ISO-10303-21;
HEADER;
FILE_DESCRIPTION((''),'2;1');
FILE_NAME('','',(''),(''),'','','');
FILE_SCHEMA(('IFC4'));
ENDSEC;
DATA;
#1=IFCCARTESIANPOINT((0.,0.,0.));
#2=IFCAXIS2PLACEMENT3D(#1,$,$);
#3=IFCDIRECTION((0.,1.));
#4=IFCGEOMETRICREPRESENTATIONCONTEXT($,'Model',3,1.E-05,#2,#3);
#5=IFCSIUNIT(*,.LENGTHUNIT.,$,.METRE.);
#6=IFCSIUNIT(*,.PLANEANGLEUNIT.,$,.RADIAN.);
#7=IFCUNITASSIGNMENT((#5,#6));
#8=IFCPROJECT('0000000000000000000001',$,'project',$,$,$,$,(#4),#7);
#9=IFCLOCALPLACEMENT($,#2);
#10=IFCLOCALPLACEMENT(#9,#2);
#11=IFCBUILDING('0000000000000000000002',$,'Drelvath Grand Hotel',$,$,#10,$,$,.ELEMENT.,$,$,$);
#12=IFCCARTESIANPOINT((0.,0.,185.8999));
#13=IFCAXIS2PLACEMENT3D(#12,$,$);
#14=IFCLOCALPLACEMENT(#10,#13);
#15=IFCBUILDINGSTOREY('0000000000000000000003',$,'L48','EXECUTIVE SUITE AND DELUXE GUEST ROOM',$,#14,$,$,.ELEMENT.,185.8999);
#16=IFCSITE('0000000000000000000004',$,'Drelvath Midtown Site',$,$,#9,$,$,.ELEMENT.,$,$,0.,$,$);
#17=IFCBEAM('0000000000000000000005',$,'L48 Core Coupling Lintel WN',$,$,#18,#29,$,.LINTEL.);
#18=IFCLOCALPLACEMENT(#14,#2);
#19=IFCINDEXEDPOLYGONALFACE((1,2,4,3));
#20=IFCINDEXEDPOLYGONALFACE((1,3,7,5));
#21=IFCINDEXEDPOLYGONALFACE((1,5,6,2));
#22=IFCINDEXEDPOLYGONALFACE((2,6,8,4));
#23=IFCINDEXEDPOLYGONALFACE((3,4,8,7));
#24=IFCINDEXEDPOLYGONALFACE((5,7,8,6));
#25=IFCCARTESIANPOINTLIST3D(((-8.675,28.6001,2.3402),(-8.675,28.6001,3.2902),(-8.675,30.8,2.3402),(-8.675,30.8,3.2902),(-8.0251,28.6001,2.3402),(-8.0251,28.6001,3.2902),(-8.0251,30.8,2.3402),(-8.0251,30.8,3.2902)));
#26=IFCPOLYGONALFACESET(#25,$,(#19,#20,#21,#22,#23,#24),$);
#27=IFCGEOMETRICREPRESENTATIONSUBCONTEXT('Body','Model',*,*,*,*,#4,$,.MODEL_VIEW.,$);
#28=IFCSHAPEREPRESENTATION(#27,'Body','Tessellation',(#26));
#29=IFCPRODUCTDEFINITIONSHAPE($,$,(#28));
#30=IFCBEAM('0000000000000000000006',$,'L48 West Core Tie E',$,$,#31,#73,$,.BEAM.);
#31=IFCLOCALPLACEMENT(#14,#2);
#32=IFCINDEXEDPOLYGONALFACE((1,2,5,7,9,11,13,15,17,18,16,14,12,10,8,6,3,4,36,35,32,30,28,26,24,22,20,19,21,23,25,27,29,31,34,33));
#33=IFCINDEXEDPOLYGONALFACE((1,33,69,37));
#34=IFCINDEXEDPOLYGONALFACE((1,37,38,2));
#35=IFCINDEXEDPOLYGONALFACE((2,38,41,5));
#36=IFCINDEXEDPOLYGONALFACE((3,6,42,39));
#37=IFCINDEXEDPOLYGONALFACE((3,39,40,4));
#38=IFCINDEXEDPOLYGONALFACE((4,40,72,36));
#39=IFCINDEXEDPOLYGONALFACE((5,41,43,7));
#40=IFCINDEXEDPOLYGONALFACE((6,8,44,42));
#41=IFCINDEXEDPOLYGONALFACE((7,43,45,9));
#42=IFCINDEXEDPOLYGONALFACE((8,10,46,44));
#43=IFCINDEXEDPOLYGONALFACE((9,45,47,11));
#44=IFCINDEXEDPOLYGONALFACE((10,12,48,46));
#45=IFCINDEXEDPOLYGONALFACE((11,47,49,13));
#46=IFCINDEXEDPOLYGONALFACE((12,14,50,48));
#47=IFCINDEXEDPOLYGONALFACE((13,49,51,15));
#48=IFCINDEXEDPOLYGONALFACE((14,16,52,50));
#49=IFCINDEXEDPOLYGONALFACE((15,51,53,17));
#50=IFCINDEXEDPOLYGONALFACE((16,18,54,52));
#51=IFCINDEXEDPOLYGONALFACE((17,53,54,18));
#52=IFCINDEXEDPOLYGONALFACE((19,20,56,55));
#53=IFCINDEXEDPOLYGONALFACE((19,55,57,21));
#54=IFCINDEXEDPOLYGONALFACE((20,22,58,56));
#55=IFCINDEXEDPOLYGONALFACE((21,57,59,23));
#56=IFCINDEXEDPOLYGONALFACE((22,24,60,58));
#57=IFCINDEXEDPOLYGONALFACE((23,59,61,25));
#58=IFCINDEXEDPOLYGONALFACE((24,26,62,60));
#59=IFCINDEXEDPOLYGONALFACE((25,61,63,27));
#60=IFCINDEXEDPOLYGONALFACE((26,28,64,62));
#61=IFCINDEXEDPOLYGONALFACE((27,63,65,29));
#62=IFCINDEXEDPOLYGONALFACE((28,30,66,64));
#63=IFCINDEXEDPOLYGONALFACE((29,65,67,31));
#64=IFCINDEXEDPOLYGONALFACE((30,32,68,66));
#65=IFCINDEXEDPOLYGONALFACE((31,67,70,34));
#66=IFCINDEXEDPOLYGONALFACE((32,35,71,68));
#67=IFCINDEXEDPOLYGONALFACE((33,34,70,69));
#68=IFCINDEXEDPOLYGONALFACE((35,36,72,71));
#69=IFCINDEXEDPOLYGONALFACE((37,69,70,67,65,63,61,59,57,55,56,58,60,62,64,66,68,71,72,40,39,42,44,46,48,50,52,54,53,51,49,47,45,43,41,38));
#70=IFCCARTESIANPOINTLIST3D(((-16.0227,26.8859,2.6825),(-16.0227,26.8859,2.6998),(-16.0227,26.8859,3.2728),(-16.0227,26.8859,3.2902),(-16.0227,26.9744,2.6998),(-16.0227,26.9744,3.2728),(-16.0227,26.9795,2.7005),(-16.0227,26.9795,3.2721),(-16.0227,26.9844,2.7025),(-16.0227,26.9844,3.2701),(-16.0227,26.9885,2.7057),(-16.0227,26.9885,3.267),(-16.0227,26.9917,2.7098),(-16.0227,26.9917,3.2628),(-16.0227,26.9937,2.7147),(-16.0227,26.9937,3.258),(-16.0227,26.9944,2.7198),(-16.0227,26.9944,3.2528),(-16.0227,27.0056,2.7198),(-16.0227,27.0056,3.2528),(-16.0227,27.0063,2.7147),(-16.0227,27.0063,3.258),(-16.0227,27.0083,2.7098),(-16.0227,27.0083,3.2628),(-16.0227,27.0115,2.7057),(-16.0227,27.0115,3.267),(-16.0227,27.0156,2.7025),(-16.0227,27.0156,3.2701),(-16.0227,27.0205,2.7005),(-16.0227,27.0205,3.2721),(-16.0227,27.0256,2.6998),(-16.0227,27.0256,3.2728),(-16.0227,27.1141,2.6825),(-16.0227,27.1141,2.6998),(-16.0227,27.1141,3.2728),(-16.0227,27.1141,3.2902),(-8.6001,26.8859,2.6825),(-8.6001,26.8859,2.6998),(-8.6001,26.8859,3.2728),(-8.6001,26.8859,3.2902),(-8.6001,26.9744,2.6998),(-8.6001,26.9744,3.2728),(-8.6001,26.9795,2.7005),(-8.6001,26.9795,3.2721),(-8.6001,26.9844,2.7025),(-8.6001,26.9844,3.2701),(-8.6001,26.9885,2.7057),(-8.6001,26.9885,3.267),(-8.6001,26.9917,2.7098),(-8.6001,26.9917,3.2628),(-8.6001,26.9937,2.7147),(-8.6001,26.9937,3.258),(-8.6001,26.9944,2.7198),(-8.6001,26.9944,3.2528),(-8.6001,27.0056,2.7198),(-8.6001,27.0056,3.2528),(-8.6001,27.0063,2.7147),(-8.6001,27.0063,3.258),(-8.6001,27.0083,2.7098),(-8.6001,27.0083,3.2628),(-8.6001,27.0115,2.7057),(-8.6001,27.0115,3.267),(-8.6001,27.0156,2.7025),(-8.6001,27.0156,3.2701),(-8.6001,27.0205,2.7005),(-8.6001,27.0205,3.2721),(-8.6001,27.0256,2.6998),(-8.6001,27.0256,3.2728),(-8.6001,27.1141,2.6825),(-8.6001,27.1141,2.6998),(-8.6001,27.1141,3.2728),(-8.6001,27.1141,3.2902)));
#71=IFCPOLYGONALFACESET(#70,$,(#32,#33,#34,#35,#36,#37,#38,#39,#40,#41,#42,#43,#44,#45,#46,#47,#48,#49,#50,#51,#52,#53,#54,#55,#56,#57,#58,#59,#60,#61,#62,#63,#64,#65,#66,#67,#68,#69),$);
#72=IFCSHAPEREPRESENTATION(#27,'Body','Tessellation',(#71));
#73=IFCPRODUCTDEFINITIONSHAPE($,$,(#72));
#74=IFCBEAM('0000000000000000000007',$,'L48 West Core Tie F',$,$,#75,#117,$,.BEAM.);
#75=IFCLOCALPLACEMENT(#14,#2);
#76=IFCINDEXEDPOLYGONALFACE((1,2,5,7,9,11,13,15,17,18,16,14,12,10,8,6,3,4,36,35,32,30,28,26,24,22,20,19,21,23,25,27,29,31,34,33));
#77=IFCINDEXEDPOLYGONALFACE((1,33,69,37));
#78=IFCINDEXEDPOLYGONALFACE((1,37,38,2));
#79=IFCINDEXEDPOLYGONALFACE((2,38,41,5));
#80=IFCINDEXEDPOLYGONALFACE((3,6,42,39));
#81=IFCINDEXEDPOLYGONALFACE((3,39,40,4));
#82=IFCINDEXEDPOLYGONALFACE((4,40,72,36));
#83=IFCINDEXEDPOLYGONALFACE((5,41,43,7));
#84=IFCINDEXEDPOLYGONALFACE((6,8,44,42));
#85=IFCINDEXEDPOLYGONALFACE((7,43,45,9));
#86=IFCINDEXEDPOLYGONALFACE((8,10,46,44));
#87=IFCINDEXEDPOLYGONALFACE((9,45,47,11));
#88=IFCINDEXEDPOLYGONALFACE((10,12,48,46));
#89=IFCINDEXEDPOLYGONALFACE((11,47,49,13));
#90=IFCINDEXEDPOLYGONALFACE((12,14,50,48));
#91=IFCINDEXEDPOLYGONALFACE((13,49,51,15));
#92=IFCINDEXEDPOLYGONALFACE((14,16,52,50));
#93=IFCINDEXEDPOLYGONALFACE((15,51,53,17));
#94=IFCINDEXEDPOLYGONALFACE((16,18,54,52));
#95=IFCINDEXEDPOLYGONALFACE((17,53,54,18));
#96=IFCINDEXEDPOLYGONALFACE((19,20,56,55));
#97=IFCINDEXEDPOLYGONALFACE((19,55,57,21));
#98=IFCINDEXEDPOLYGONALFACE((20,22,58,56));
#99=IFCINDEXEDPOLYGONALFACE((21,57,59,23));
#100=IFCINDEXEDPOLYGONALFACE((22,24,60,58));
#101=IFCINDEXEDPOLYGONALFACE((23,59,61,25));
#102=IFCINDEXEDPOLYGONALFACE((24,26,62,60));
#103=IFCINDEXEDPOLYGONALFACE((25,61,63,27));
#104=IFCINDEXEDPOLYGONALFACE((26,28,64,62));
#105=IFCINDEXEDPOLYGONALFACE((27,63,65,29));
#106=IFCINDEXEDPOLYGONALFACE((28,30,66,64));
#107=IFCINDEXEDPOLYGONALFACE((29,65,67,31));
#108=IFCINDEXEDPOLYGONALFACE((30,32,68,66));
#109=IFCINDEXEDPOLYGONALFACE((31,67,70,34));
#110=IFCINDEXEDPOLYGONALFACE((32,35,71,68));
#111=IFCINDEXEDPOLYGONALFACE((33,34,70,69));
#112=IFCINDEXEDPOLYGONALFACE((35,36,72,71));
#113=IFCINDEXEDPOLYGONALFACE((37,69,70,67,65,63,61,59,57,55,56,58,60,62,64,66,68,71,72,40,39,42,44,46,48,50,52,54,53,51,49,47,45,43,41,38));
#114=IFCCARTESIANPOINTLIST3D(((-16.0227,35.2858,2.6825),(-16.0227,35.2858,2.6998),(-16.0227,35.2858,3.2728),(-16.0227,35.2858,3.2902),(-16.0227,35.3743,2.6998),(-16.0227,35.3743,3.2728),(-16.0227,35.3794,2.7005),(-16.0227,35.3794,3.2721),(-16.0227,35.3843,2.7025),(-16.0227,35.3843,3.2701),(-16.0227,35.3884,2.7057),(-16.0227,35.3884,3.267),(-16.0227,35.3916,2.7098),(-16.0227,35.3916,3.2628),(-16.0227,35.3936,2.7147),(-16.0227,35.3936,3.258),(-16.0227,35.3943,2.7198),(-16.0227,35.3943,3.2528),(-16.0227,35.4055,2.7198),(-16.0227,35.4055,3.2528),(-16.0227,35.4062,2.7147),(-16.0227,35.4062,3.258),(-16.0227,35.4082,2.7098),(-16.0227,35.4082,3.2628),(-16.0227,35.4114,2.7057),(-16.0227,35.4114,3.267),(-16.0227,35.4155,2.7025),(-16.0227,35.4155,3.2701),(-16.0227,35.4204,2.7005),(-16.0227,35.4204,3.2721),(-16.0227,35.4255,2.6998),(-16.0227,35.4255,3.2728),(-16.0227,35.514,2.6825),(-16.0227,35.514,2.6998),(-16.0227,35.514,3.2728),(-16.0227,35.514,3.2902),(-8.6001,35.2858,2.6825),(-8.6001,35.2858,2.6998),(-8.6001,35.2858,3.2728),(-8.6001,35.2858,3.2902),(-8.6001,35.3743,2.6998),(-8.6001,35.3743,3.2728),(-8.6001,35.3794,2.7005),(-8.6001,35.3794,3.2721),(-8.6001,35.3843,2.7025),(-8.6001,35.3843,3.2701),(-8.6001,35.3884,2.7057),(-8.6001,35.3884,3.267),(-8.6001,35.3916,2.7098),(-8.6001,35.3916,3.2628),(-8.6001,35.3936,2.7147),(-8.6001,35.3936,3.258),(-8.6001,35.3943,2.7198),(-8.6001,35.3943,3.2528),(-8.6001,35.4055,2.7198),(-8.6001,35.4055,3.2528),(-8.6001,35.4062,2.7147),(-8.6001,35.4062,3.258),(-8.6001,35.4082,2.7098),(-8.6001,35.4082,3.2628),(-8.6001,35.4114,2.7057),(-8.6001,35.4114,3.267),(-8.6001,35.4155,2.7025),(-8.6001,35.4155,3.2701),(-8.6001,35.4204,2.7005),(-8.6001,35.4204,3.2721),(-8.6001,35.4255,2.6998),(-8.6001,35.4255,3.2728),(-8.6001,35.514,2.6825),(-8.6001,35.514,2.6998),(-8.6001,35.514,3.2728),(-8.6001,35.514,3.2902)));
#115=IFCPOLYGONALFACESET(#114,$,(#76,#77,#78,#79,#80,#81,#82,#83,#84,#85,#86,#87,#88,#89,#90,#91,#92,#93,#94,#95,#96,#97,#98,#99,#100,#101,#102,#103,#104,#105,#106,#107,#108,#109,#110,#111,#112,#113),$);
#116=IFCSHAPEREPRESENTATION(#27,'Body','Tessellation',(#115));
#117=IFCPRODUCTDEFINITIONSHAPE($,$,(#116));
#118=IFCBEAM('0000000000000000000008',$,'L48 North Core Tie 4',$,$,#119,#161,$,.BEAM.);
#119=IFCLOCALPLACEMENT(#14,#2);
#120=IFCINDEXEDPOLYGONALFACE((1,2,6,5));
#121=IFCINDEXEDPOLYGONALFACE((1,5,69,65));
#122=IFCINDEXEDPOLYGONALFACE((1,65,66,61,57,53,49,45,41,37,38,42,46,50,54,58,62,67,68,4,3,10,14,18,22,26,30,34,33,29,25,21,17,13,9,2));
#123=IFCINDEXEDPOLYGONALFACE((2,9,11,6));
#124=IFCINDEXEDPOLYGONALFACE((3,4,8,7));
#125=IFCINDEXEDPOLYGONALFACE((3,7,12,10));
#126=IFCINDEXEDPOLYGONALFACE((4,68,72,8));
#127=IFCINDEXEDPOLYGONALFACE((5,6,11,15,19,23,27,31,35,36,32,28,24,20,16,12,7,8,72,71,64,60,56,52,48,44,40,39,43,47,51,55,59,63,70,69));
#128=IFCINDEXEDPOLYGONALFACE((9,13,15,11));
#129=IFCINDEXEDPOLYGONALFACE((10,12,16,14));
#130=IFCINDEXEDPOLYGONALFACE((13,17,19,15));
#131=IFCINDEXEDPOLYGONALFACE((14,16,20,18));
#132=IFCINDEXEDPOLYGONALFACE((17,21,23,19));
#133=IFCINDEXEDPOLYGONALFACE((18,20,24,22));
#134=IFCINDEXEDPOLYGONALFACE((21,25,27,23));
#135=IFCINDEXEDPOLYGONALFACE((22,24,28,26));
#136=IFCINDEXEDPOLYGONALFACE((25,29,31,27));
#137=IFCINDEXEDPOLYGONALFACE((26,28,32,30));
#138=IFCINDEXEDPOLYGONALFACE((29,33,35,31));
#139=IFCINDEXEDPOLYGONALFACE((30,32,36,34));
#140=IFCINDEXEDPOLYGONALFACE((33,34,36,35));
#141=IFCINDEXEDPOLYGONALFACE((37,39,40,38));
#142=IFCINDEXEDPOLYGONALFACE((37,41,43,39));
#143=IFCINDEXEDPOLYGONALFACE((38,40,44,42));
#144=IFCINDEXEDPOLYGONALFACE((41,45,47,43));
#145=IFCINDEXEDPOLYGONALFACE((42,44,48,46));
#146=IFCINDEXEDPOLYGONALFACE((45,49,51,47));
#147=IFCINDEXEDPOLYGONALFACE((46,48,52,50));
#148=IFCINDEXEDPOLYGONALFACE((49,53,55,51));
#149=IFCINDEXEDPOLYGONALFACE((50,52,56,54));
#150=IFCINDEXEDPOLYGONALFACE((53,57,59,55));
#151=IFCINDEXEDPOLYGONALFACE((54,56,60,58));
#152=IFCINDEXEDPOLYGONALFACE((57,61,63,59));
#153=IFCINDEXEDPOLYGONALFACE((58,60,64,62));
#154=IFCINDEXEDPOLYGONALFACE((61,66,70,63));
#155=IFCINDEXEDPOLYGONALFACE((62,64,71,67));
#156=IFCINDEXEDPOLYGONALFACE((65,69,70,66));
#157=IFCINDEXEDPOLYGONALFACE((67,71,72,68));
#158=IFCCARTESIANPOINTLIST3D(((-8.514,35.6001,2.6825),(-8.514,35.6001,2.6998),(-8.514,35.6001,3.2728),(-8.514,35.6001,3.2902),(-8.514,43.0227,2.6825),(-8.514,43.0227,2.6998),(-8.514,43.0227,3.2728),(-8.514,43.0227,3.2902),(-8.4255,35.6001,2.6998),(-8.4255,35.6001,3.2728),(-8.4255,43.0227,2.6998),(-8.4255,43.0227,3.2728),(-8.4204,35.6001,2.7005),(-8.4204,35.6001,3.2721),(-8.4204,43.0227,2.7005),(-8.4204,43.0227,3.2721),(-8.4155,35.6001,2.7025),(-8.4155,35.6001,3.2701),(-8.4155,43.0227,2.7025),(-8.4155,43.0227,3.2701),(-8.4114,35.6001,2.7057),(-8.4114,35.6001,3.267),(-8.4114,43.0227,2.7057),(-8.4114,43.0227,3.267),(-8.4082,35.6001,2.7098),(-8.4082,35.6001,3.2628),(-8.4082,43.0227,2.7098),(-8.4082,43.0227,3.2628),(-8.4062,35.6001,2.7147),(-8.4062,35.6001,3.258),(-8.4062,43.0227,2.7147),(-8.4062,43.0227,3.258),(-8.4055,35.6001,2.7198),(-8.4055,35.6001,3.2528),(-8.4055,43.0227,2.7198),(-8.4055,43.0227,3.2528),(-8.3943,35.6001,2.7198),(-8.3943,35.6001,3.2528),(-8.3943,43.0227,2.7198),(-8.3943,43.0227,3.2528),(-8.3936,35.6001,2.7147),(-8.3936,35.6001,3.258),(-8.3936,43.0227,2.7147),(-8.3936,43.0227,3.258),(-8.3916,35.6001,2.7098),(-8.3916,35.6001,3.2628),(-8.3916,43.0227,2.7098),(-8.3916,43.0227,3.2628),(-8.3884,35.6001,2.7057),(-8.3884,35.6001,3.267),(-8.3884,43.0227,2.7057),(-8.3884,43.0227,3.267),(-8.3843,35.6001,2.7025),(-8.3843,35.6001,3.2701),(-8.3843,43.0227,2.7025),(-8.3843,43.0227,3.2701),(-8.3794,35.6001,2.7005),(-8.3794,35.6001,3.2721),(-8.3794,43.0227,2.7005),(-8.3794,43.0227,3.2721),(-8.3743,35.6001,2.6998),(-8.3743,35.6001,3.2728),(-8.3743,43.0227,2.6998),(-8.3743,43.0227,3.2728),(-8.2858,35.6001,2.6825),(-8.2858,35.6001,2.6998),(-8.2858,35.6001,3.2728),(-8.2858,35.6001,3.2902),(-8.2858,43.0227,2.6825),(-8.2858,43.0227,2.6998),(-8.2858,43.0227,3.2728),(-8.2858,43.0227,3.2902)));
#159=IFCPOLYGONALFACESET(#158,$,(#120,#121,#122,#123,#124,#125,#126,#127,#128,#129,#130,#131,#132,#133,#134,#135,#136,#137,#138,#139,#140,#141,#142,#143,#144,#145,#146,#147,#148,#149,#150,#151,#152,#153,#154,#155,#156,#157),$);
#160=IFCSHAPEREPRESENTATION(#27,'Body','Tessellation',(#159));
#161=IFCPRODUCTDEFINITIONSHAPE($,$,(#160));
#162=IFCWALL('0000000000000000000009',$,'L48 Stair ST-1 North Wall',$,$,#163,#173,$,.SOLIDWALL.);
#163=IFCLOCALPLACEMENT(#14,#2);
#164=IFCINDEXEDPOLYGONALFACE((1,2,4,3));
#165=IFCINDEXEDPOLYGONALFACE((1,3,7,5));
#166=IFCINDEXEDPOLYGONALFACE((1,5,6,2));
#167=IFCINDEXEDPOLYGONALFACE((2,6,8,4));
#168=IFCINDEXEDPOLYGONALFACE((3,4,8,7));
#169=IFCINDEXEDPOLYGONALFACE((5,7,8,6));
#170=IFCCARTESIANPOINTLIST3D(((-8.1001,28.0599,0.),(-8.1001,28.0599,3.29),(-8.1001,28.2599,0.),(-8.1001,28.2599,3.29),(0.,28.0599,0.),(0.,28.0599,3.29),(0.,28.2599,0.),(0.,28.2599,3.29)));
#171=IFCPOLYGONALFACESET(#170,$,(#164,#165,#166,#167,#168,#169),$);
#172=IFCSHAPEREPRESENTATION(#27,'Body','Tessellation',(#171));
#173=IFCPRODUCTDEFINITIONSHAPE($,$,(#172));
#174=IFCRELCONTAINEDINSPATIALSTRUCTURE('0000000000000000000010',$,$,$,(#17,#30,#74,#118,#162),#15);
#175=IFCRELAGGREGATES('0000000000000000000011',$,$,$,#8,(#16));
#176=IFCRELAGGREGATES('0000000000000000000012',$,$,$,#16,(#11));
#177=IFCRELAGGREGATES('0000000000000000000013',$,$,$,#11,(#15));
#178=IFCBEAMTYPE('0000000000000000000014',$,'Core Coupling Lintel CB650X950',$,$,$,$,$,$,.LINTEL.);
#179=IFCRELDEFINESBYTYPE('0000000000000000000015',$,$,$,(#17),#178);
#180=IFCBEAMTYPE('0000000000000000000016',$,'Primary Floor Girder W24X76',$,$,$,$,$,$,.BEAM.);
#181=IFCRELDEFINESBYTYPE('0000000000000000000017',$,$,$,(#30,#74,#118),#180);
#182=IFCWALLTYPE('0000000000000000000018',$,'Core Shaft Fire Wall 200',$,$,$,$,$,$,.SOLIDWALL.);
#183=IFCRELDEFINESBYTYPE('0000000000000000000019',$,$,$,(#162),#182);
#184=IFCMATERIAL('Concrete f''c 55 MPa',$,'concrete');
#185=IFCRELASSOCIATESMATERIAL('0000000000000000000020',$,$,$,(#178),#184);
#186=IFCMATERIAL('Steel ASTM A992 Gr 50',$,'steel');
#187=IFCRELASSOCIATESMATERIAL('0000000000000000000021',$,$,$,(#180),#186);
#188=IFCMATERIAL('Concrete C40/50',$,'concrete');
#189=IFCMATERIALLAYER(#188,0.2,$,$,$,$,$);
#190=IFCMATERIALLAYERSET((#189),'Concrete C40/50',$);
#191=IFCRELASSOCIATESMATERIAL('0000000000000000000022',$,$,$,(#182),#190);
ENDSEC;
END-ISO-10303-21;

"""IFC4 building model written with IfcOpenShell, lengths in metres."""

from ifc_helpers import new_model, si_unit, direction, frame, frame_2d, origin, origin_2d, place, context, subcontext, project, spatial, rectangle, i_section, extrude, material, layer, layer_set, material_profile, profile_set, type_object, element, save


model = new_model("IFC4")

# Units and contexts
model_context = context("Model", 3, precision=1e-05, world=origin(), true_north=direction((0.0, 1.0)))
body_context = subcontext(model_context, "Body", "Model", "MODEL_VIEW")
ifc_project = project(units=[si_unit("LENGTHUNIT", "METRE"), si_unit("PLANEANGLEUNIT", "RADIAN")], contexts=[model_context])

# Site, building, storey
site_placement = place(None, origin())
site = spatial("IfcSite", under=ifc_project, at=site_placement, Name="Drelvath Midtown Site", CompositionType="ELEMENT", RefElevation=0.0)
building_placement = place(site_placement, origin())
building = spatial("IfcBuilding", under=site, at=building_placement, Name="Drelvath Grand Hotel", CompositionType="ELEMENT")
storey_placement = place(building_placement, frame((0.0, 0.0, 185.8999)))
storey = spatial("IfcBuildingStorey", under=building, at=storey_placement, Name="L48", Description="EXECUTIVE SUITE AND DELUXE GUEST ROOM", CompositionType="ELEMENT", Elevation=185.8999)

# Beams
ifc_material_1 = material(Name="Concrete f'c 55 MPa", Category="concrete")
ifc_material_profile_1 = material_profile(ifc_material_1, rectangle(XDim=0.6499, YDim=0.95, at=origin_2d()), Name="CB650X950")
ifc_profile_set_1 = profile_set([ifc_material_profile_1], Name="Concrete f'c 55 MPa")
beam_type_1 = type_object("IfcBeamType", Name="Core Coupling Lintel CB650X950", PredefinedType="LINTEL", material=ifc_profile_set_1)
beam_placement = place(storey_placement, frame((-8.3501, 28.6001, 2.8152), z_axis=(0.0, 1.0, 0.0), x_axis=(-1.0, 0.0, 0.0)))
element("IfcBeam", 1, at=beam_placement, inside=storey, type_object=beam_type_1, Name="L48 Core Coupling Lintel WN", PredefinedType="LINTEL", context=body_context, shape_type="SweptSolid", body=[
    extrude(rectangle(XDim=0.6499, YDim=0.95, at=origin_2d()), origin(), (0.0, 0.0, 1.0), 2.2),
])
ifc_material_2 = material(Name="Steel ASTM A992 Gr 50", Category="steel")
ifc_material_profile_2 = material_profile(ifc_material_2, i_section(OverallWidth=0.2283, OverallDepth=0.6077, WebThickness=0.0112, FlangeThickness=0.0173, FilletRadius=0.02, at=origin_2d()), Name="W24X76")
ifc_profile_set_2 = profile_set([ifc_material_profile_2], Name="Steel ASTM A992 Gr 50")
beam_type_2 = type_object("IfcBeamType", Name="Primary Floor Girder W24X76", PredefinedType="BEAM", material=ifc_profile_set_2)
for number, where, z_axis, x_axis, name in (
    (2, (-16.0227, 27.0, 2.9863), (1.0, 0.0, 0.0), (0.0, 1.0, 0.0), "L48 West Core Tie E"),
    (3, (-16.0227, 35.3999, 2.9863), (1.0, 0.0, 0.0), (0.0, 1.0, 0.0), "L48 West Core Tie F"),
    (4, (-8.3999, 35.6001, 2.9863), (0.0, 1.0, 0.0), (-1.0, 0.0, 0.0), "L48 North Core Tie 4"),
):
    element("IfcBeam", number, at=place(storey_placement, frame(where, z_axis=z_axis, x_axis=x_axis)), inside=storey, type_object=beam_type_2, Name=name, PredefinedType="BEAM", context=body_context, shape_type="SweptSolid", body=[
        extrude(i_section(OverallWidth=0.2283, OverallDepth=0.6077, WebThickness=0.0112, FlangeThickness=0.0173, FilletRadius=0.02, at=origin_2d()), origin(), (0.0, 0.0, 1.0), 7.4226),
    ])

# Wall
ifc_material_3 = material(Name="Concrete C40/50", Category="concrete")
ifc_layer_1 = layer(ifc_material_3, 0.2)
ifc_layer_set_1 = layer_set([ifc_layer_1], Name="Concrete C40/50")
wall_type_1 = type_object("IfcWallType", Name="Core Shaft Fire Wall 200", PredefinedType="SOLIDWALL", material=ifc_layer_set_1)
wall_1_placement = place(storey_placement, frame((-8.1001, 28.1599, 0.0), z_axis=(0.0, 0.0, 1.0), x_axis=(1.0, 0.0, 0.0)))
element("IfcWall", 5, at=wall_1_placement, inside=storey, type_object=wall_type_1, Name="L48 Stair ST-1 North Wall", PredefinedType="SOLIDWALL", context=body_context, shape_type="SweptSolid", body=[
    extrude(rectangle(XDim=8.1001, YDim=0.2, at=frame_2d((4.05, 0.0))), origin(), (0.0, 0.0, 1.0), 3.29),
])

save(model, "model.ifc")
